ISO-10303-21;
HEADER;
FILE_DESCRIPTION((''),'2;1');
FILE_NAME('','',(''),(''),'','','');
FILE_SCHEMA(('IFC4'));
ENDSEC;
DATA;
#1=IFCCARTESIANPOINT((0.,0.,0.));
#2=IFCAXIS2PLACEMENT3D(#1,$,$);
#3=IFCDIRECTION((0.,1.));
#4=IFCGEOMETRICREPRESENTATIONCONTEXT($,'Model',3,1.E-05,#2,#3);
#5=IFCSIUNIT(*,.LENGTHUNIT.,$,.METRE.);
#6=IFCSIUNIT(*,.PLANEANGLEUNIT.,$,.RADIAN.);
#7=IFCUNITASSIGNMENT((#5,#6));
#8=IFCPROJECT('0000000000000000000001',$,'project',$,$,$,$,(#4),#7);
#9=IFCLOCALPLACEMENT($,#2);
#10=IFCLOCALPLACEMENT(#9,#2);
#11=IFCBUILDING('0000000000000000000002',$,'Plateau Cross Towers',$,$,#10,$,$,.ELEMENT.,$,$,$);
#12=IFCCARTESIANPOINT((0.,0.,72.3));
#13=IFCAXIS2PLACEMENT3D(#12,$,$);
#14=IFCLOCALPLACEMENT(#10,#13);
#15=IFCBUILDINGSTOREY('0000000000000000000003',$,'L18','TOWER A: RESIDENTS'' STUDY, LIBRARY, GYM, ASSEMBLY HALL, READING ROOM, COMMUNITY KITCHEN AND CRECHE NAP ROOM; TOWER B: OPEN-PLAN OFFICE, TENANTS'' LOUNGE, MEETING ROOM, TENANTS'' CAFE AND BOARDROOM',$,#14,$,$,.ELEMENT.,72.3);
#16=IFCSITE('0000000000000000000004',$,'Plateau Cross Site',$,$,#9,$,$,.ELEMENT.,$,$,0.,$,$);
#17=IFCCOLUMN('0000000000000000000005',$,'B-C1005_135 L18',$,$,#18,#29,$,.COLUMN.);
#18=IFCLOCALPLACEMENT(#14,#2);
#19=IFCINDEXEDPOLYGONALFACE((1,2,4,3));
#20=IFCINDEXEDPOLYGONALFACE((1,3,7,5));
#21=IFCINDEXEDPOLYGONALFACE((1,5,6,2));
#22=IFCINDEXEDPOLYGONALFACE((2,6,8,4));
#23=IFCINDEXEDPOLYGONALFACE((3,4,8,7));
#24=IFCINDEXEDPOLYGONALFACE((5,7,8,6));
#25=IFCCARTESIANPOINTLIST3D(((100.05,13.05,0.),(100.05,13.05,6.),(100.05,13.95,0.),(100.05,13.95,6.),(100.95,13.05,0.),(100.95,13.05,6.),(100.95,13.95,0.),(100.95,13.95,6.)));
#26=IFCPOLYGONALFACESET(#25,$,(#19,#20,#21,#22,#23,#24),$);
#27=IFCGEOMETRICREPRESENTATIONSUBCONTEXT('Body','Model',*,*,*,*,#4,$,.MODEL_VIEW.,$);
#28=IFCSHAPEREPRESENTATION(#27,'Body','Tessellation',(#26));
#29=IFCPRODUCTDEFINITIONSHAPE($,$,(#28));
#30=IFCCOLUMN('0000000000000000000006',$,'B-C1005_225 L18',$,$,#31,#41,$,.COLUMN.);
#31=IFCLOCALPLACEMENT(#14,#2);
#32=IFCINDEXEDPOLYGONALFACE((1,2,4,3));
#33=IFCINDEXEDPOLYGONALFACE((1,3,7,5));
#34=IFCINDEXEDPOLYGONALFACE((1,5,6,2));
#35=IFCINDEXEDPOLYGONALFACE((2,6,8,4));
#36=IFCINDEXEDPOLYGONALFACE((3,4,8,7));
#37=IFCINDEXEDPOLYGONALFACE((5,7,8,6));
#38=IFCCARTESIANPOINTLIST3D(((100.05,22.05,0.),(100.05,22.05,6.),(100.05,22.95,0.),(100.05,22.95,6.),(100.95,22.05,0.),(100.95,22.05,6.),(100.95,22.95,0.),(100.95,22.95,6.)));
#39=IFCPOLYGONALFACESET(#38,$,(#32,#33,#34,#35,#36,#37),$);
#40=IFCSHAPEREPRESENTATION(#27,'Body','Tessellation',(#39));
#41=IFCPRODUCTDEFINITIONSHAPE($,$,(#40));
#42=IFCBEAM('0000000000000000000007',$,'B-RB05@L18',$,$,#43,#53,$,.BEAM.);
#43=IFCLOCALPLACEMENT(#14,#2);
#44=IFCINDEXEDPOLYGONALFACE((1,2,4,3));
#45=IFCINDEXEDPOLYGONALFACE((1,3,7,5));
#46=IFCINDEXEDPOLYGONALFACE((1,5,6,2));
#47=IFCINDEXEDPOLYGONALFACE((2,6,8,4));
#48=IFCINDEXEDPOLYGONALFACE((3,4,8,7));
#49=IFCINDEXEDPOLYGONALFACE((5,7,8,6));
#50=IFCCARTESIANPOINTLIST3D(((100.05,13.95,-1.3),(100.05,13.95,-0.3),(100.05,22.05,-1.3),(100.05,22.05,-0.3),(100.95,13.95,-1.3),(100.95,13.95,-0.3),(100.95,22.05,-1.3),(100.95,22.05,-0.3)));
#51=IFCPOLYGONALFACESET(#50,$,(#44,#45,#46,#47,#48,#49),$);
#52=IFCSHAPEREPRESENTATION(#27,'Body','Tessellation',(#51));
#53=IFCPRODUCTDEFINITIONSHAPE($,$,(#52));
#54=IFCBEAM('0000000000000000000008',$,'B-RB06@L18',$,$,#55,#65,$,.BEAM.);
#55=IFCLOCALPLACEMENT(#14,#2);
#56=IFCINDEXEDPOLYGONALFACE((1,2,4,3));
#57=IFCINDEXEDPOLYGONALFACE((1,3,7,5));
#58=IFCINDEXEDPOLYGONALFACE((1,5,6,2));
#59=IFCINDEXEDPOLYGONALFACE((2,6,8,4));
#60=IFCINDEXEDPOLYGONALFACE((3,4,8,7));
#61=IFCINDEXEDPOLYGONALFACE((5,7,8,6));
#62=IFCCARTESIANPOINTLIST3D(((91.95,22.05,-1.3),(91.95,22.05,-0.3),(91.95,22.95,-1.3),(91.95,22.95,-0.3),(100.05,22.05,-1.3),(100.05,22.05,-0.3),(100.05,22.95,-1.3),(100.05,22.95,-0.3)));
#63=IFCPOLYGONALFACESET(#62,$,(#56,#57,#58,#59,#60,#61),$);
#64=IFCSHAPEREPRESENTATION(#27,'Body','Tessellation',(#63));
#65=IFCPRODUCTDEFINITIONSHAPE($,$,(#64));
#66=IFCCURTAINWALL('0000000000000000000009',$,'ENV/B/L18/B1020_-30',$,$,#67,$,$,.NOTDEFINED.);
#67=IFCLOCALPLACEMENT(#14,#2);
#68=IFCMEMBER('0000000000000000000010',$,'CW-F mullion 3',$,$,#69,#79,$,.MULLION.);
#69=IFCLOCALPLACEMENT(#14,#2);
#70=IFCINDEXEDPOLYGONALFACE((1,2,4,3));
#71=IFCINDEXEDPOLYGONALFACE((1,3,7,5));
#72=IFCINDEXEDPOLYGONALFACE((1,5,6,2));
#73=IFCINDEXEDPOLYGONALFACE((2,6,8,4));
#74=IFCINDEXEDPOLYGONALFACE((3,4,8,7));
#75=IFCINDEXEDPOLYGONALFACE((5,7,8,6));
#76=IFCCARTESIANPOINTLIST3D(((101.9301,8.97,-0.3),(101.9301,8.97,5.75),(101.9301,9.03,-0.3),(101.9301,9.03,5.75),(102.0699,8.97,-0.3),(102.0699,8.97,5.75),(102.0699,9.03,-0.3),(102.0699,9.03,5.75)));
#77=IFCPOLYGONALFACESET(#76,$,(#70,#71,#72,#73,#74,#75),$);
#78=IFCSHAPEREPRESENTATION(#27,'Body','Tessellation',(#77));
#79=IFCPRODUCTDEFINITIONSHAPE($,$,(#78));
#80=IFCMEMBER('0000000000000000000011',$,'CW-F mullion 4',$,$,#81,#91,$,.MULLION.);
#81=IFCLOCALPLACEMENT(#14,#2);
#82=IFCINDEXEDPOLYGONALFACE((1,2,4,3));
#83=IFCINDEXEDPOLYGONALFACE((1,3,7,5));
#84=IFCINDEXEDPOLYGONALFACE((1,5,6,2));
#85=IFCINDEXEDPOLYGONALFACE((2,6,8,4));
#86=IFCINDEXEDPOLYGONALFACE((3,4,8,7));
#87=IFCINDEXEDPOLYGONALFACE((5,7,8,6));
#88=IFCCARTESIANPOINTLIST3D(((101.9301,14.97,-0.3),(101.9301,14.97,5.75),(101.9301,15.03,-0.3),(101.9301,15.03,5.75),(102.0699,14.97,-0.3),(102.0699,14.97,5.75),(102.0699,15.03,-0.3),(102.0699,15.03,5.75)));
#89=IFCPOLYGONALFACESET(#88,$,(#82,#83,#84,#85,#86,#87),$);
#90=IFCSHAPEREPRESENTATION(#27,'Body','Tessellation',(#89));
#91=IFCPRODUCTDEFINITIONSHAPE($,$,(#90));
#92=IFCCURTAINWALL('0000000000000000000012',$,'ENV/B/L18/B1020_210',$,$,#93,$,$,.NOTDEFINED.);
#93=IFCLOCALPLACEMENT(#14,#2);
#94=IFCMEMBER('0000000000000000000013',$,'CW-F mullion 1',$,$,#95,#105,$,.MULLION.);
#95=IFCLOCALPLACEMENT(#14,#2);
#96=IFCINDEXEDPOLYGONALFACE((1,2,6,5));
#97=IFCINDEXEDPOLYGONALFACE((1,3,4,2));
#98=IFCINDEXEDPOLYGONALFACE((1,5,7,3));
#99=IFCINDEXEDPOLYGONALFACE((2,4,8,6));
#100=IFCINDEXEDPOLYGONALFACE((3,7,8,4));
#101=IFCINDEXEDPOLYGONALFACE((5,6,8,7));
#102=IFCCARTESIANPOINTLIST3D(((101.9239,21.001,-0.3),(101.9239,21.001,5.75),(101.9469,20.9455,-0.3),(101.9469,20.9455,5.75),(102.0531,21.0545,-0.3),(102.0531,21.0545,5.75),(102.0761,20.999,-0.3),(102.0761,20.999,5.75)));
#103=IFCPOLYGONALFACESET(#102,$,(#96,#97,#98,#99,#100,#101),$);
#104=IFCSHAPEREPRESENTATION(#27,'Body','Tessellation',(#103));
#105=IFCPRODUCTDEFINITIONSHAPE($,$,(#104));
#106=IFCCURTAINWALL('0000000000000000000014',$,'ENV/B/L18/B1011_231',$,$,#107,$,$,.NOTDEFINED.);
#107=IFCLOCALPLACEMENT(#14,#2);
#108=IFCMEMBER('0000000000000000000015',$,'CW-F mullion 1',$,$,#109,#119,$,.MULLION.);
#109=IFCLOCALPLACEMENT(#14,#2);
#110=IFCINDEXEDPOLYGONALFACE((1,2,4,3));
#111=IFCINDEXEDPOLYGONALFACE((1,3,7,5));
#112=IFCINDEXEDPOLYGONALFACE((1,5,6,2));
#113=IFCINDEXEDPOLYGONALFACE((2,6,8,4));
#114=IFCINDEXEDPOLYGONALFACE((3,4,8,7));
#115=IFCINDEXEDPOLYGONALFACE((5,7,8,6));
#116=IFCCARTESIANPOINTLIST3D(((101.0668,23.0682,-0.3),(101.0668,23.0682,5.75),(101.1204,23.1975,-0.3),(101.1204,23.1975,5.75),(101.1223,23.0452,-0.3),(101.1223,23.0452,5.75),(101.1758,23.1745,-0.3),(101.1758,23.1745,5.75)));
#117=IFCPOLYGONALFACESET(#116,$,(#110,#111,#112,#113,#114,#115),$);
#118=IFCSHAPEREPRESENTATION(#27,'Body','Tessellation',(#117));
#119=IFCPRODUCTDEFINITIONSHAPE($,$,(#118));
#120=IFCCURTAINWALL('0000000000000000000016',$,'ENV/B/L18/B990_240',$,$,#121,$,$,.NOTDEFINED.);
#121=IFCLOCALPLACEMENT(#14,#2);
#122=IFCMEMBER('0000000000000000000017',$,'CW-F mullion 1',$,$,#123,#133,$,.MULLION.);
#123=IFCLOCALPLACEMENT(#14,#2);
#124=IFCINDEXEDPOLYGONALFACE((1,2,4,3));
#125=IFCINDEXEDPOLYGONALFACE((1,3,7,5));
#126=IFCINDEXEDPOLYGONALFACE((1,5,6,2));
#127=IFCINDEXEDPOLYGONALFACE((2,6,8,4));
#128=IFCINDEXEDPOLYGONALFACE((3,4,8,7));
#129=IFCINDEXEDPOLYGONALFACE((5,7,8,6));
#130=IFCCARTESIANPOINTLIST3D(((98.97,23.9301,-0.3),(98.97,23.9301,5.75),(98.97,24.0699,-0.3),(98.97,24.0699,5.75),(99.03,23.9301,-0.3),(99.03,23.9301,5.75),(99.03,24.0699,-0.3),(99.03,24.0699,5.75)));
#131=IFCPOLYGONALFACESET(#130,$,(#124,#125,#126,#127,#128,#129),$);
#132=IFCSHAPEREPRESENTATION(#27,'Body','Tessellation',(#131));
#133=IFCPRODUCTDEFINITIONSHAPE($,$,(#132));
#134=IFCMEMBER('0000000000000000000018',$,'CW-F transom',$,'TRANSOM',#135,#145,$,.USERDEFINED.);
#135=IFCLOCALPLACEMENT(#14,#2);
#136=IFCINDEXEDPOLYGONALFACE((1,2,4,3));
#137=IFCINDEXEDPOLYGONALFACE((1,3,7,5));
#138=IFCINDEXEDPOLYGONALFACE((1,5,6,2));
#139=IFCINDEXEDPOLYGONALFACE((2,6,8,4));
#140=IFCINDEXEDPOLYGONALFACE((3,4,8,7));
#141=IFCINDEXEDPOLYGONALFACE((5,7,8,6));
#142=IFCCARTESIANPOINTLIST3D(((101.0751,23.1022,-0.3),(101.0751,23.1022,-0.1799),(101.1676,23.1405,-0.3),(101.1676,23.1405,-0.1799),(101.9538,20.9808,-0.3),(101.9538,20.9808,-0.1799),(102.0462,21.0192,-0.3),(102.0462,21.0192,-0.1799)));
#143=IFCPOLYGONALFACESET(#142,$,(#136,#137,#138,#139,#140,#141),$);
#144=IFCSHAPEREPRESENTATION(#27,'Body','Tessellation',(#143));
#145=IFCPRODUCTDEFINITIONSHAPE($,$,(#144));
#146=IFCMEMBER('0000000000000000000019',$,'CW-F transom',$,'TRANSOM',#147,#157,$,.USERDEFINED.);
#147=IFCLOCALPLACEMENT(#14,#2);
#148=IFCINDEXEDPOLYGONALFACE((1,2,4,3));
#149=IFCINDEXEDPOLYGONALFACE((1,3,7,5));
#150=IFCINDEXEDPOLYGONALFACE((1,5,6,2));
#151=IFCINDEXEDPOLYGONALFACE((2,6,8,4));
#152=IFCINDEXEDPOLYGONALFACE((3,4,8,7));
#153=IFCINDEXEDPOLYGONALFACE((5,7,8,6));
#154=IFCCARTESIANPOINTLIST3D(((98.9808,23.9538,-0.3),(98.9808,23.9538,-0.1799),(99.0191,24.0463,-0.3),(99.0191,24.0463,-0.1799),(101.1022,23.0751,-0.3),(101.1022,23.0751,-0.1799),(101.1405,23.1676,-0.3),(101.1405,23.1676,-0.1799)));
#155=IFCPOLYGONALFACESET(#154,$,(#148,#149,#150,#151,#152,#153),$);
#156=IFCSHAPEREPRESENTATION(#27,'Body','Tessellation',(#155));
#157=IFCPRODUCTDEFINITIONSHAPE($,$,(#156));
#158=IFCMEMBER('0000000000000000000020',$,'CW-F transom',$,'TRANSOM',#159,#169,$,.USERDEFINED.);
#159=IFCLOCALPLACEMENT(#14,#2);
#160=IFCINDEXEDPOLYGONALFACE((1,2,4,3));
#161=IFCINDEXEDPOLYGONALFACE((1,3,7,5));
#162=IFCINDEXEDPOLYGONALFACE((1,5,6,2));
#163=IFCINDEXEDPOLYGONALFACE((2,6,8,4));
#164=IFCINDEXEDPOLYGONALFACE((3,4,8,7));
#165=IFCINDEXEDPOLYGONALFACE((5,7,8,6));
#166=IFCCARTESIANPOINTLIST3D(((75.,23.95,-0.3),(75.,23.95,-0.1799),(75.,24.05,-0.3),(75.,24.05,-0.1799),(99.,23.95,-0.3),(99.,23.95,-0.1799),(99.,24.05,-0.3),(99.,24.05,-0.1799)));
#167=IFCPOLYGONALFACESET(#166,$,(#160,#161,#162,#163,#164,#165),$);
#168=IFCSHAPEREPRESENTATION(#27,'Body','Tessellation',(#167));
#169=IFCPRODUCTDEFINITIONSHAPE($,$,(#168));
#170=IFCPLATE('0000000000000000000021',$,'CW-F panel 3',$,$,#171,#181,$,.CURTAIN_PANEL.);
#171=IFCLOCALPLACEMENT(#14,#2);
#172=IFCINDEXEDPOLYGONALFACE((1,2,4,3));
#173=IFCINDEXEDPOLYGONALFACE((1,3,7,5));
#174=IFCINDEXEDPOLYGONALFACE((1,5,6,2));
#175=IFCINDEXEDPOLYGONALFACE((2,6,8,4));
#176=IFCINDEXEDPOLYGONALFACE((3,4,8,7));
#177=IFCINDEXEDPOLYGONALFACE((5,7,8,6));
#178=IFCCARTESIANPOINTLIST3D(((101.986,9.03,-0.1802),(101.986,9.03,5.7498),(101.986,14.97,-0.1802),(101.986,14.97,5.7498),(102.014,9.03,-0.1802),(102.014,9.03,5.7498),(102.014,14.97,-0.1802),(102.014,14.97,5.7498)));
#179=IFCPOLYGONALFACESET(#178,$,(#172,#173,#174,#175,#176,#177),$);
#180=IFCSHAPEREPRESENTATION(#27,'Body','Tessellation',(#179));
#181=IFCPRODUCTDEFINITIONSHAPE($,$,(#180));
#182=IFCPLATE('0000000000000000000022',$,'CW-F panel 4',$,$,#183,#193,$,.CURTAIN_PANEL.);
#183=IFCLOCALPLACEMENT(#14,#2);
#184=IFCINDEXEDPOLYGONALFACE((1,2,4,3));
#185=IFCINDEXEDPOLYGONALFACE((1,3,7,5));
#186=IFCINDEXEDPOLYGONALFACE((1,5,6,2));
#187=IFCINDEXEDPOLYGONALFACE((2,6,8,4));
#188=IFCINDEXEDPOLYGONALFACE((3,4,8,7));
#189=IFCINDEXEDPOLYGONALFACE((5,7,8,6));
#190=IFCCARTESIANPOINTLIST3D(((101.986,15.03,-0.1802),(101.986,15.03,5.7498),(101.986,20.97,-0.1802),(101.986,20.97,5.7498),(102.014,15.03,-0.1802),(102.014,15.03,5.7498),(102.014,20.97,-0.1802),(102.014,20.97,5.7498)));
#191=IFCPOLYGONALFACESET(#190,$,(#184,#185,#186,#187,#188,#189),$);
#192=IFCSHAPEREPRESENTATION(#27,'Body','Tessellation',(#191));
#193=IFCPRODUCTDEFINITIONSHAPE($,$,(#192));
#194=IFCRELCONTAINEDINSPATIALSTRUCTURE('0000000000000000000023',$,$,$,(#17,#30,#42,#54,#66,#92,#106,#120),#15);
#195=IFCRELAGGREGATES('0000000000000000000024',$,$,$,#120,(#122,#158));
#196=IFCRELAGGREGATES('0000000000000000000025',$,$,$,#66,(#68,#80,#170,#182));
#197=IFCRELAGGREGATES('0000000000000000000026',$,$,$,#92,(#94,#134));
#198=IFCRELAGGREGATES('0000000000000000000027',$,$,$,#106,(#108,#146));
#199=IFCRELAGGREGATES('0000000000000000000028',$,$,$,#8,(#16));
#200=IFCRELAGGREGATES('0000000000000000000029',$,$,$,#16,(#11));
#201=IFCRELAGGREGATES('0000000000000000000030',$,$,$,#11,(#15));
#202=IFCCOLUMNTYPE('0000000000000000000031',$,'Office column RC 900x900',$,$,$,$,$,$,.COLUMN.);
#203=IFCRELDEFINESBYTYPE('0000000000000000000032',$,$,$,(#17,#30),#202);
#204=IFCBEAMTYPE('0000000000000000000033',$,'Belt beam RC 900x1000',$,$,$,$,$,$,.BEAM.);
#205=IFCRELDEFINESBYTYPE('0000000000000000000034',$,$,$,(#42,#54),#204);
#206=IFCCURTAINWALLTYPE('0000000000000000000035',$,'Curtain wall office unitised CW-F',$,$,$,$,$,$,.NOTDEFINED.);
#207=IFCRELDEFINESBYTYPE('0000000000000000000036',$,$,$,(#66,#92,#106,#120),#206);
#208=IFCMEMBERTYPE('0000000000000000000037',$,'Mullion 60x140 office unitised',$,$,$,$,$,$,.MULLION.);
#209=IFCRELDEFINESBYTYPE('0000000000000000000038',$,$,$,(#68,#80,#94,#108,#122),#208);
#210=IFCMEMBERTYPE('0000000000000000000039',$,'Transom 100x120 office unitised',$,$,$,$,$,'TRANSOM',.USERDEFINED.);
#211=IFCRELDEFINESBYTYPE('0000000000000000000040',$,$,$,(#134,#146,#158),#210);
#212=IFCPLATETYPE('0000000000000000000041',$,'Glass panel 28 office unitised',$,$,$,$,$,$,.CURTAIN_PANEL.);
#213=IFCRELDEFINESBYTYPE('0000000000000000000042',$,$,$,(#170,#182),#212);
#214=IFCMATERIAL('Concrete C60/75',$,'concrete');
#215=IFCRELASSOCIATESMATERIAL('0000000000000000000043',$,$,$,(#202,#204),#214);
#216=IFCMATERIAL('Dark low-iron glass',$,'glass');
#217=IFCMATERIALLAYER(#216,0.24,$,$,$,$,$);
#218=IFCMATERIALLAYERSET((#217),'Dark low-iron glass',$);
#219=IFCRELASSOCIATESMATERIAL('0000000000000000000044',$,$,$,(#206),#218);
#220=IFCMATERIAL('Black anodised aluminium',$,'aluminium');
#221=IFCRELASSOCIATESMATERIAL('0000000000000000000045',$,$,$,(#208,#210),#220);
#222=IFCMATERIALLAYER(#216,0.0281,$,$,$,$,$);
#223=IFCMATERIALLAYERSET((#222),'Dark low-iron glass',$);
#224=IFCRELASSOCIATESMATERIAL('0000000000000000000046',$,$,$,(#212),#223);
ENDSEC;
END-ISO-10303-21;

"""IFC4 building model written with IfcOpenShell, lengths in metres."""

from ifc_helpers import new_model, si_unit, direction, frame, origin, origin_2d, place, context, subcontext, project, spatial, rectangle, extrude, material, layer, layer_set, material_profile, profile_set, type_object, element, aggregate, save


model = new_model("IFC4")

# Units and contexts
model_context = context("Model", 3, precision=1e-05, world=origin(), true_north=direction((0.0, 1.0)))
body_context = subcontext(model_context, "Body", "Model", "MODEL_VIEW")
ifc_project = project(units=[si_unit("LENGTHUNIT", "METRE"), si_unit("PLANEANGLEUNIT", "RADIAN")], contexts=[model_context])

# Site, building, storey
site_placement = place(None, origin())
site = spatial("IfcSite", under=ifc_project, at=site_placement, Name="Plateau Cross Site", CompositionType="ELEMENT", RefElevation=0.0)
building_placement = place(site_placement, origin())
building = spatial("IfcBuilding", under=site, at=building_placement, Name="Plateau Cross Towers", CompositionType="ELEMENT")
storey_placement = place(building_placement, frame((0.0, 0.0, 72.3)))
storey = spatial("IfcBuildingStorey", under=building, at=storey_placement, Name="L18", Description="TOWER A: RESIDENTS' STUDY, LIBRARY, GYM, ASSEMBLY HALL, READING ROOM, COMMUNITY KITCHEN AND CRECHE NAP ROOM; TOWER B: OPEN-PLAN OFFICE, TENANTS' LOUNGE, MEETING ROOM, TENANTS' CAFE AND BOARDROOM", CompositionType="ELEMENT", Elevation=72.3)

# Columns
ifc_material_1 = material(Name="Concrete C60/75", Category="concrete")
ifc_material_profile_1 = material_profile(ifc_material_1, rectangle(XDim=0.8999, YDim=0.8999, at=origin_2d()), Name="RC 900x900")
ifc_profile_set_1 = profile_set([ifc_material_profile_1], Name="Concrete C60/75")
column_type = type_object("IfcColumnType", Name="Office column RC 900x900", PredefinedType="COLUMN", material=ifc_profile_set_1)
for number, where, z_axis, x_axis, name in (
    (1, (100.5, 13.5, 0.0), (0.0, 0.0, 1.0), (1.0, 0.0, 0.0), "B-C1005_135 L18"),
    (2, (100.5, 22.5, 0.0), (0.0, 0.0, 1.0), (1.0, 0.0, 0.0), "B-C1005_225 L18"),
):
    element("IfcColumn", number, at=place(storey_placement, frame(where, z_axis=z_axis, x_axis=x_axis)), inside=storey, type_object=column_type, Name=name, PredefinedType="COLUMN", context=body_context, shape_type="SweptSolid", body=[
        extrude(rectangle(XDim=0.8999, YDim=0.8999, at=origin_2d()), origin(), (0.0, 0.0, 1.0), 6.0),
    ])

# Beams
ifc_material_profile_2 = material_profile(ifc_material_1, rectangle(XDim=0.8999, YDim=1.0, at=origin_2d()), Name="RC 900x1000")
ifc_profile_set_2 = profile_set([ifc_material_profile_2], Name="Concrete C60/75")
beam_type = type_object("IfcBeamType", Name="Belt beam RC 900x1000", PredefinedType="BEAM", material=ifc_profile_set_2)
for number, where, z_axis, x_axis, name in (
    (3, (100.5, 13.95, -0.8), (0.0, 1.0, 0.0), (-1.0, 0.0, 0.0), "B-RB05@L18"),
    (4, (100.05, 22.5, -0.8), (-1.0, 0.0, 0.0), (0.0, -1.0, 0.0), "B-RB06@L18"),
):
    element("IfcBeam", number, at=place(storey_placement, frame(where, z_axis=z_axis, x_axis=x_axis)), inside=storey, type_object=beam_type, Name=name, PredefinedType="BEAM", context=body_context, shape_type="SweptSolid", body=[
        extrude(rectangle(XDim=0.8999, YDim=1.0, at=origin_2d()), origin(), (0.0, 0.0, 1.0), 8.1001),
    ])

# Curtain wall, members
ifc_material_2 = material(Name="Dark low-iron glass", Category="glass")
ifc_layer_1 = layer(ifc_material_2, 0.24)
ifc_layer_set_1 = layer_set([ifc_layer_1], Name="Dark low-iron glass")
curtain_wall_type = type_object("IfcCurtainWallType", Name="Curtain wall office unitised CW-F", PredefinedType="NOTDEFINED", material=ifc_layer_set_1)
curtain_wall_1_placement = place(storey_placement, origin())
curtain_wall_1 = element("IfcCurtainWall", 5, at=curtain_wall_1_placement, inside=storey, type_object=curtain_wall_type, Name="ENV/B/L18/B1020_-30", PredefinedType="NOTDEFINED")
ifc_material_3 = material(Name="Black anodised aluminium", Category="aluminium")
ifc_material_profile_3 = material_profile(ifc_material_3, rectangle(XDim=0.0601, YDim=0.1399, at=origin_2d()), Name="MULLION 60x140")
ifc_profile_set_3 = profile_set([ifc_material_profile_3], Name="Black anodised aluminium")
member_type_1 = type_object("IfcMemberType", Name="Mullion 60x140 office unitised", PredefinedType="MULLION", material=ifc_profile_set_3)
member_1_placement = place(storey_placement, frame((102.0, 9.0, -0.3), z_axis=(0.0, 0.0, 1.0), x_axis=(0.0, 1.0, 0.0)))
member_1 = element("IfcMember", 6, at=member_1_placement, type_object=member_type_1, Name="CW-F mullion 3", PredefinedType="MULLION", context=body_context, shape_type="SweptSolid", body=[
    extrude(rectangle(XDim=0.0601, YDim=0.1399, at=origin_2d()), origin(), (0.0, 0.0, 1.0), 6.05),
])
member_2_placement = place(storey_placement, frame((102.0, 15.0, -0.3), z_axis=(0.0, 0.0, 1.0), x_axis=(0.0, 1.0, 0.0)))
member_2 = element("IfcMember", 7, at=member_2_placement, type_object=member_type_1, Name="CW-F mullion 4", PredefinedType="MULLION", context=body_context, shape_type="SweptSolid", body=[
    extrude(rectangle(XDim=0.0601, YDim=0.1399, at=origin_2d()), origin(), (0.0, 0.0, 1.0), 6.05),
])

# Curtain walls, members
curtain_wall_2_placement = place(storey_placement, origin())
curtain_wall_2 = element("IfcCurtainWall", 8, at=curtain_wall_2_placement, inside=storey, type_object=curtain_wall_type, Name="ENV/B/L18/B1020_210", PredefinedType="NOTDEFINED")
member_3_placement = place(storey_placement, frame((102.0, 21.0, -0.3), z_axis=(0.0, 0.0, 1.0), x_axis=(-0.382684, 0.923879, 0.0)))
member_3 = element("IfcMember", 9, at=member_3_placement, type_object=member_type_1, Name="CW-F mullion 1", PredefinedType="MULLION", context=body_context, shape_type="SweptSolid", body=[
    extrude(rectangle(XDim=0.0601, YDim=0.1399, at=origin_2d()), origin(), (0.0, 0.0, 1.0), 6.05),
])
curtain_wall_3_placement = place(storey_placement, origin())
curtain_wall_3 = element("IfcCurtainWall", 10, at=curtain_wall_3_placement, inside=storey, type_object=curtain_wall_type, Name="ENV/B/L18/B1011_231", PredefinedType="NOTDEFINED")
member_4_placement = place(storey_placement, frame((101.1213, 23.1213, -0.3), z_axis=(0.0, 0.0, 1.0), x_axis=(-0.923879, 0.382684, 0.0)))
member_4 = element("IfcMember", 11, at=member_4_placement, type_object=member_type_1, Name="CW-F mullion 1", PredefinedType="MULLION", context=body_context, shape_type="SweptSolid", body=[
    extrude(rectangle(XDim=0.0601, YDim=0.1399, at=origin_2d()), origin(), (0.0, 0.0, 1.0), 6.05),
])
curtain_wall_4_placement = place(storey_placement, origin())
curtain_wall_4 = element("IfcCurtainWall", 12, at=curtain_wall_4_placement, inside=storey, type_object=curtain_wall_type, Name="ENV/B/L18/B990_240", PredefinedType="NOTDEFINED")
member_5_placement = place(storey_placement, frame((99.0, 24.0, -0.3), z_axis=(0.0, 0.0, 1.0), x_axis=(-1.0, 0.0, 0.0)))
member_5 = element("IfcMember", 13, at=member_5_placement, type_object=member_type_1, Name="CW-F mullion 1", PredefinedType="MULLION", context=body_context, shape_type="SweptSolid", body=[
    extrude(rectangle(XDim=0.0601, YDim=0.1399, at=origin_2d()), origin(), (0.0, 0.0, 1.0), 6.05),
])

# Members
ifc_material_profile_4 = material_profile(ifc_material_3, rectangle(XDim=0.1001, YDim=0.1201, at=origin_2d()), Name="TRANSOM 100x120")
ifc_profile_set_4 = profile_set([ifc_material_profile_4], Name="Black anodised aluminium")
member_type_2 = type_object("IfcMemberType", Name="Transom 100x120 office unitised", ElementType="TRANSOM", PredefinedType="USERDEFINED", material=ifc_profile_set_4)
member_6_placement = place(storey_placement, frame((102.0, 21.0, -0.24), z_axis=(-0.382674, 0.923883, 0.0), x_axis=(-0.923883, -0.382674, 0.0)))
member_6 = element("IfcMember", 14, at=member_6_placement, type_object=member_type_2, Name="CW-F transom", ObjectType="TRANSOM", PredefinedType="USERDEFINED", context=body_context, shape_type="SweptSolid", body=[
    extrude(rectangle(XDim=0.1001, YDim=0.1201, at=origin_2d()), origin(), (0.0, 0.0, 1.0), 2.2961),
])
member_7_placement = place(storey_placement, frame((101.1213, 23.1213, -0.24), z_axis=(-0.923883, 0.382674, 0.0), x_axis=(-0.382674, -0.923883, 0.0)))
member_7 = element("IfcMember", 15, at=member_7_placement, type_object=member_type_2, Name="CW-F transom", ObjectType="TRANSOM", PredefinedType="USERDEFINED", context=body_context, shape_type="SweptSolid", body=[
    extrude(rectangle(XDim=0.1001, YDim=0.1201, at=origin_2d()), origin(), (0.0, 0.0, 1.0), 2.2961),
])
member_8_placement = place(storey_placement, frame((99.0, 24.0, -0.24), z_axis=(-1.0, 0.0, 0.0), x_axis=(0.0, -1.0, 0.0)))
member_8 = element("IfcMember", 16, at=member_8_placement, type_object=member_type_2, Name="CW-F transom", ObjectType="TRANSOM", PredefinedType="USERDEFINED", context=body_context, shape_type="SweptSolid", body=[
    extrude(rectangle(XDim=0.1001, YDim=0.1201, at=origin_2d()), origin(), (0.0, 0.0, 1.0), 24.0),
])
aggregate(curtain_wall_4, [member_5, member_8])

# Plates
ifc_layer_2 = layer(ifc_material_2, 0.0281)
ifc_layer_set_2 = layer_set([ifc_layer_2], Name="Dark low-iron glass")
plate_type = type_object("IfcPlateType", Name="Glass panel 28 office unitised", PredefinedType="CURTAIN_PANEL", material=ifc_layer_set_2)
plate_1_placement = place(storey_placement, frame((102.0, 12.0, -0.1802), z_axis=(0.0, 0.0, 1.0), x_axis=(0.0, 1.0, 0.0)))
plate_1 = element("IfcPlate", 17, at=plate_1_placement, type_object=plate_type, Name="CW-F panel 3", PredefinedType="CURTAIN_PANEL", context=body_context, shape_type="SweptSolid", body=[
    extrude(rectangle(XDim=5.9399, YDim=0.0281, at=origin_2d()), origin(), (0.0, 0.0, 1.0), 5.9299),
])
plate_2_placement = place(storey_placement, frame((102.0, 18.0, -0.1802), z_axis=(0.0, 0.0, 1.0), x_axis=(0.0, 1.0, 0.0)))
plate_2 = element("IfcPlate", 18, at=plate_2_placement, type_object=plate_type, Name="CW-F panel 4", PredefinedType="CURTAIN_PANEL", context=body_context, shape_type="SweptSolid", body=[
    extrude(rectangle(XDim=5.9399, YDim=0.0281, at=origin_2d()), origin(), (0.0, 0.0, 1.0), 5.9299),
])
aggregate(curtain_wall_1, [member_1, member_2, plate_1, plate_2])
aggregate(curtain_wall_2, [member_3, member_6])
aggregate(curtain_wall_3, [member_4, member_7])

save(model, "model.ifc")
